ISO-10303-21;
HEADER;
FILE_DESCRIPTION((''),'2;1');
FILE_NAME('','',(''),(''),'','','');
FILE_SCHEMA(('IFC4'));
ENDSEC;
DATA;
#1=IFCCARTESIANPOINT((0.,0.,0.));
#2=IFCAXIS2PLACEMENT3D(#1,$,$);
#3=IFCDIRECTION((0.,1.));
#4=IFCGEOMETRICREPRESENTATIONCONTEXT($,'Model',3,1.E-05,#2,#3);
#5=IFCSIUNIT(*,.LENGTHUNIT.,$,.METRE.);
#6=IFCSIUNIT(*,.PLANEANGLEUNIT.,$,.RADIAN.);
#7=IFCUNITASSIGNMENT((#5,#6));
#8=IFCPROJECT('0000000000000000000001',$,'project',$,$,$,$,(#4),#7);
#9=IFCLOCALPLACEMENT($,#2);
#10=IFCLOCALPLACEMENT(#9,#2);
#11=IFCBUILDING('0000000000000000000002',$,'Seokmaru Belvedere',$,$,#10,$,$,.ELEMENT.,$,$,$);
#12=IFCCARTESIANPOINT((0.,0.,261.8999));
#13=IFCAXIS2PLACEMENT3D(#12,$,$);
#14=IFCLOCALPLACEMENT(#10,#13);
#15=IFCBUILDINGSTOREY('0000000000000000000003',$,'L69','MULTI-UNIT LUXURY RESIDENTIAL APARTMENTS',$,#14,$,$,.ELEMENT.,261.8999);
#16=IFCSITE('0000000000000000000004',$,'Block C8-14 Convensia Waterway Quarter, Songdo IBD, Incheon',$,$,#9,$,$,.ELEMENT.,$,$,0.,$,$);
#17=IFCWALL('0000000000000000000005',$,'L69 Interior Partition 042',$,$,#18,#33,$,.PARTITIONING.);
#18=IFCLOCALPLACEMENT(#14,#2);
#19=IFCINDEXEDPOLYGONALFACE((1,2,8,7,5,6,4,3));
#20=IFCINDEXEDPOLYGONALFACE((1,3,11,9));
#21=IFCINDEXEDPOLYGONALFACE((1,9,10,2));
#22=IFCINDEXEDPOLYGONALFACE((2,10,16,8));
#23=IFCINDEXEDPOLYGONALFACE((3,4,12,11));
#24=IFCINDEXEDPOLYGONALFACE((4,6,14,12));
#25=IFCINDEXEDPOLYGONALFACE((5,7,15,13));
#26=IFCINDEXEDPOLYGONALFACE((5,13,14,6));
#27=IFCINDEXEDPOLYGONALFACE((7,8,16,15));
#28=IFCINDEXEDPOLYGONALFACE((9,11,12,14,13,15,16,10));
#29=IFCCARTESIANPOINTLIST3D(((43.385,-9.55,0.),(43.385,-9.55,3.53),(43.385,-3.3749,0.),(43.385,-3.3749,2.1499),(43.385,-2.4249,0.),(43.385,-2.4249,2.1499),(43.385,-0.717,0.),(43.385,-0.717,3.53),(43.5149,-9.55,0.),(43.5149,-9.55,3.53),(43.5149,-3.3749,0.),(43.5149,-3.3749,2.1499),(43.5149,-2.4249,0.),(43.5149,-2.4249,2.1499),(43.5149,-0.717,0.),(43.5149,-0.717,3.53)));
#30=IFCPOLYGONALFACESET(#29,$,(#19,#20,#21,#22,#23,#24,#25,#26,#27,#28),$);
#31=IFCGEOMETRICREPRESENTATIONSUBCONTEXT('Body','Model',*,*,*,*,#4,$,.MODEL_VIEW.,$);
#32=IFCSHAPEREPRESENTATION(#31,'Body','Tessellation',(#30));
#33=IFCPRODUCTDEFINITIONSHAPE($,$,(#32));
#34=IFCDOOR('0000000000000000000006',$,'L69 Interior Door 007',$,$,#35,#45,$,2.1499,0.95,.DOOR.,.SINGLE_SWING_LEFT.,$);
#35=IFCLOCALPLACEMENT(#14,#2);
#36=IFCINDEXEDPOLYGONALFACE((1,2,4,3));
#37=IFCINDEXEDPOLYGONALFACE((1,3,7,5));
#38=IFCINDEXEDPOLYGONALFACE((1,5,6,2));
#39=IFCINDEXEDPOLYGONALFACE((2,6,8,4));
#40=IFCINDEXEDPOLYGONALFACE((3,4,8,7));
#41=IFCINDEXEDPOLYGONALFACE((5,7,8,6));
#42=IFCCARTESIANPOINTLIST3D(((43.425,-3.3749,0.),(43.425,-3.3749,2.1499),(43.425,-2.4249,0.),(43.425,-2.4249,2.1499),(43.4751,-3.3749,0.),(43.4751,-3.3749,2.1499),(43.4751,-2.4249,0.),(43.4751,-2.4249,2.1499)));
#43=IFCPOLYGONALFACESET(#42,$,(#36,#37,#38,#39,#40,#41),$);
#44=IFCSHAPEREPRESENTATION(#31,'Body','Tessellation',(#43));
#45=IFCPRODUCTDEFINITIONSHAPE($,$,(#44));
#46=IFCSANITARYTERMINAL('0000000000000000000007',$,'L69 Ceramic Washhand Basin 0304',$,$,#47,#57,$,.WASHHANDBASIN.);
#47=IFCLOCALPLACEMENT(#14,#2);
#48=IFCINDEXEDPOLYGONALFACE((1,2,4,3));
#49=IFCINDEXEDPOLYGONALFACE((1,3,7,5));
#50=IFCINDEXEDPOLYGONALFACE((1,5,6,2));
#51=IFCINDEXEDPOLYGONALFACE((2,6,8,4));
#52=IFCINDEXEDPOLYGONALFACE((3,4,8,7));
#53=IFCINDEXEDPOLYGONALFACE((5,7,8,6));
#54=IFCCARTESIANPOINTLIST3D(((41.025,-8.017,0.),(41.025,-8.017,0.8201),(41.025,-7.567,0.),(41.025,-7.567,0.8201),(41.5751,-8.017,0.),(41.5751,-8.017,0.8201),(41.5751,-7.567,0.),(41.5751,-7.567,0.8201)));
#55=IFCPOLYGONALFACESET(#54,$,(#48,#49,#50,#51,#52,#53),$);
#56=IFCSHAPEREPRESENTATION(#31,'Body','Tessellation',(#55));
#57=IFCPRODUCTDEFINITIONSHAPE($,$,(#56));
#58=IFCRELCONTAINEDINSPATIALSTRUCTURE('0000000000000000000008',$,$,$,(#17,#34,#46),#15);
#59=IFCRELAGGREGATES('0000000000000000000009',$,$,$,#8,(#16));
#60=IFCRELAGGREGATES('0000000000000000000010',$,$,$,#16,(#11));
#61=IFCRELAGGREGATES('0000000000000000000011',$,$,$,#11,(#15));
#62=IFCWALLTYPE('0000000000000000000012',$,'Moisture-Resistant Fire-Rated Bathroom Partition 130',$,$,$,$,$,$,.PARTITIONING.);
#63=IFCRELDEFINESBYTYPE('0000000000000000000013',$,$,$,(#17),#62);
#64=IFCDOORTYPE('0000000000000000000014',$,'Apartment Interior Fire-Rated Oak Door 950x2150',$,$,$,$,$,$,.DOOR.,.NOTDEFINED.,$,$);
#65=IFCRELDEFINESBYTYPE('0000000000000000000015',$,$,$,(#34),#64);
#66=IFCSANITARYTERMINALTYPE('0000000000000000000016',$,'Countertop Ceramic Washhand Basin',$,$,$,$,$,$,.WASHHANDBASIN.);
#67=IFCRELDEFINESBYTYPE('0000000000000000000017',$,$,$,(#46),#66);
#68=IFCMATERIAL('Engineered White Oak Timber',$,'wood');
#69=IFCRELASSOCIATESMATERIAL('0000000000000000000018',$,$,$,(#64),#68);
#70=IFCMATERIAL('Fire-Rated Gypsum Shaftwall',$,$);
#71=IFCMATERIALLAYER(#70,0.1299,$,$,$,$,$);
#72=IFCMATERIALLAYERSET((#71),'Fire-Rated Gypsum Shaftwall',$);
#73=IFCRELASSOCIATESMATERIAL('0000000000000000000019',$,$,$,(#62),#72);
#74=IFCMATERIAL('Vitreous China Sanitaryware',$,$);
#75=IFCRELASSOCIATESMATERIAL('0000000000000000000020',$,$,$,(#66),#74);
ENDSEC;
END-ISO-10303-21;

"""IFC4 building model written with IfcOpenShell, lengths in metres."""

from ifc_helpers import new_model, si_unit, direction, frame, frame_2d, origin, origin_2d, place, context, subcontext, project, spatial, rectangle, extrude, source, transform, mapped, material, layer, layer_set, type_object, type_shapes, element, fill, save


model = new_model("IFC4")

# Units and contexts
model_context = context("Model", 3, precision=1e-05, world=origin(), true_north=direction((0.0, 1.0)))
body_context = subcontext(model_context, "Body", "Model", "MODEL_VIEW")
ifc_project = project(units=[si_unit("LENGTHUNIT", "METRE"), si_unit("PLANEANGLEUNIT", "RADIAN")], contexts=[model_context])

# Site, building, storey
site_placement = place(None, origin())
site = spatial("IfcSite", under=ifc_project, at=site_placement, Name="Block C8-14 Convensia Waterway Quarter, Songdo IBD, Incheon", CompositionType="ELEMENT", RefElevation=0.0)
building_placement = place(site_placement, origin())
building = spatial("IfcBuilding", under=site, at=building_placement, Name="Seokmaru Belvedere", CompositionType="ELEMENT")
storey_placement = place(building_placement, frame((0.0, 0.0, 261.8999)))
storey = spatial("IfcBuildingStorey", under=building, at=storey_placement, Name="L69", Description="MULTI-UNIT LUXURY RESIDENTIAL APARTMENTS", CompositionType="ELEMENT", Elevation=261.8999)

# Wall, opening, door
ifc_material_1 = material(Name="Fire-Rated Gypsum Shaftwall")
ifc_material_2 = material(Name="Engineered White Oak Timber", Category="wood")
door_type = type_object("IfcDoorType", Name="Apartment Interior Fire-Rated Oak Door 950x2150", OperationType="NOTDEFINED", PredefinedType="DOOR", material=ifc_material_2)
shared_shape_1 = source(origin(), body_context, "Body", "SweptSolid", [
    extrude(rectangle(XDim=0.95, YDim=2.1499, at=frame_2d((0.4751, 1.075))), frame((0.0, 0.0249, 0.0), z_axis=(0.0, -1.0, 0.0), x_axis=(1.0, 0.0, 0.0)), (0.0, 0.0, 1.0), 0.05),
])
type_shapes(door_type, [shared_shape_1])
ifc_layer_1 = layer(ifc_material_1, 0.1299)
ifc_layer_set_1 = layer_set([ifc_layer_1], Name="Fire-Rated Gypsum Shaftwall")
wall_type_1 = type_object("IfcWallType", Name="Moisture-Resistant Fire-Rated Bathroom Partition 130", PredefinedType="PARTITIONING", material=ifc_layer_set_1)
wall_1_placement = place(storey_placement, frame((43.45, -9.55, 0.0), z_axis=(0.0, 0.0, 1.0), x_axis=(0.0, 1.0, 0.0)))
wall_1 = element("IfcWall", 1, at=wall_1_placement, inside=storey, type_object=wall_type_1, Name="L69 Interior Partition 042", PredefinedType="PARTITIONING", context=body_context, shape_type="SweptSolid", body=[
    extrude(rectangle(XDim=8.833, YDim=0.1299, at=frame_2d((4.4165, 0.0))), origin(), (0.0, 0.0, 1.0), 3.53),
])
opening_1_placement = place(wall_1_placement, frame((6.175, 0.0, 0.0)))
opening_1 = element("IfcOpeningElement", 2, at=opening_1_placement, cuts=wall_1, PredefinedType="OPENING", context=body_context, shape_type="SweptSolid", body=[
    extrude(rectangle(XDim=0.95, YDim=2.1499, at=frame_2d((0.4751, 1.075))), frame((0.0, 0.075, 0.0), z_axis=(0.0, -1.0, 0.0), x_axis=(1.0, 0.0, 0.0)), (0.0, 0.0, 1.0), 0.1499),
])
door_1_placement = place(opening_1_placement, origin())
door_1 = element("IfcDoor", 3, at=door_1_placement, inside=storey, type_object=door_type, Name="L69 Interior Door 007", OperationType="SINGLE_SWING_LEFT", OverallHeight=2.1499, OverallWidth=0.95, PredefinedType="DOOR", context=body_context, shape_type="MappedRepresentation", body=[
    mapped(shared_shape_1, transform((0.0, 0.0, 0.0), scale=1.0)),
])
fill(opening_1, door_1)

# Sanitary terminal
ifc_material_3 = material(Name="Vitreous China Sanitaryware")
sanitary_terminal_type = type_object("IfcSanitaryTerminalType", Name="Countertop Ceramic Washhand Basin", PredefinedType="WASHHANDBASIN", material=ifc_material_3)
shared_shape_2 = source(origin(), body_context, "Body", "SweptSolid", [
    extrude(rectangle(XDim=0.55, YDim=0.45, at=origin_2d()), origin(), (0.0, 0.0, 1.0), 0.8201),
])
type_shapes(sanitary_terminal_type, [shared_shape_2])
sanitary_terminal_placement = place(storey_placement, frame((41.3, -7.792, 0.0), z_axis=(0.0, 0.0, 1.0), x_axis=(1.0, 0.0, 0.0)))
element("IfcSanitaryTerminal", 4, at=sanitary_terminal_placement, inside=storey, type_object=sanitary_terminal_type, Name="L69 Ceramic Washhand Basin 0304", PredefinedType="WASHHANDBASIN", context=body_context, shape_type="MappedRepresentation", body=[
    mapped(shared_shape_2, transform((0.0, 0.0, 0.0), scale=1.0)),
])

save(model, "model.ifc")
